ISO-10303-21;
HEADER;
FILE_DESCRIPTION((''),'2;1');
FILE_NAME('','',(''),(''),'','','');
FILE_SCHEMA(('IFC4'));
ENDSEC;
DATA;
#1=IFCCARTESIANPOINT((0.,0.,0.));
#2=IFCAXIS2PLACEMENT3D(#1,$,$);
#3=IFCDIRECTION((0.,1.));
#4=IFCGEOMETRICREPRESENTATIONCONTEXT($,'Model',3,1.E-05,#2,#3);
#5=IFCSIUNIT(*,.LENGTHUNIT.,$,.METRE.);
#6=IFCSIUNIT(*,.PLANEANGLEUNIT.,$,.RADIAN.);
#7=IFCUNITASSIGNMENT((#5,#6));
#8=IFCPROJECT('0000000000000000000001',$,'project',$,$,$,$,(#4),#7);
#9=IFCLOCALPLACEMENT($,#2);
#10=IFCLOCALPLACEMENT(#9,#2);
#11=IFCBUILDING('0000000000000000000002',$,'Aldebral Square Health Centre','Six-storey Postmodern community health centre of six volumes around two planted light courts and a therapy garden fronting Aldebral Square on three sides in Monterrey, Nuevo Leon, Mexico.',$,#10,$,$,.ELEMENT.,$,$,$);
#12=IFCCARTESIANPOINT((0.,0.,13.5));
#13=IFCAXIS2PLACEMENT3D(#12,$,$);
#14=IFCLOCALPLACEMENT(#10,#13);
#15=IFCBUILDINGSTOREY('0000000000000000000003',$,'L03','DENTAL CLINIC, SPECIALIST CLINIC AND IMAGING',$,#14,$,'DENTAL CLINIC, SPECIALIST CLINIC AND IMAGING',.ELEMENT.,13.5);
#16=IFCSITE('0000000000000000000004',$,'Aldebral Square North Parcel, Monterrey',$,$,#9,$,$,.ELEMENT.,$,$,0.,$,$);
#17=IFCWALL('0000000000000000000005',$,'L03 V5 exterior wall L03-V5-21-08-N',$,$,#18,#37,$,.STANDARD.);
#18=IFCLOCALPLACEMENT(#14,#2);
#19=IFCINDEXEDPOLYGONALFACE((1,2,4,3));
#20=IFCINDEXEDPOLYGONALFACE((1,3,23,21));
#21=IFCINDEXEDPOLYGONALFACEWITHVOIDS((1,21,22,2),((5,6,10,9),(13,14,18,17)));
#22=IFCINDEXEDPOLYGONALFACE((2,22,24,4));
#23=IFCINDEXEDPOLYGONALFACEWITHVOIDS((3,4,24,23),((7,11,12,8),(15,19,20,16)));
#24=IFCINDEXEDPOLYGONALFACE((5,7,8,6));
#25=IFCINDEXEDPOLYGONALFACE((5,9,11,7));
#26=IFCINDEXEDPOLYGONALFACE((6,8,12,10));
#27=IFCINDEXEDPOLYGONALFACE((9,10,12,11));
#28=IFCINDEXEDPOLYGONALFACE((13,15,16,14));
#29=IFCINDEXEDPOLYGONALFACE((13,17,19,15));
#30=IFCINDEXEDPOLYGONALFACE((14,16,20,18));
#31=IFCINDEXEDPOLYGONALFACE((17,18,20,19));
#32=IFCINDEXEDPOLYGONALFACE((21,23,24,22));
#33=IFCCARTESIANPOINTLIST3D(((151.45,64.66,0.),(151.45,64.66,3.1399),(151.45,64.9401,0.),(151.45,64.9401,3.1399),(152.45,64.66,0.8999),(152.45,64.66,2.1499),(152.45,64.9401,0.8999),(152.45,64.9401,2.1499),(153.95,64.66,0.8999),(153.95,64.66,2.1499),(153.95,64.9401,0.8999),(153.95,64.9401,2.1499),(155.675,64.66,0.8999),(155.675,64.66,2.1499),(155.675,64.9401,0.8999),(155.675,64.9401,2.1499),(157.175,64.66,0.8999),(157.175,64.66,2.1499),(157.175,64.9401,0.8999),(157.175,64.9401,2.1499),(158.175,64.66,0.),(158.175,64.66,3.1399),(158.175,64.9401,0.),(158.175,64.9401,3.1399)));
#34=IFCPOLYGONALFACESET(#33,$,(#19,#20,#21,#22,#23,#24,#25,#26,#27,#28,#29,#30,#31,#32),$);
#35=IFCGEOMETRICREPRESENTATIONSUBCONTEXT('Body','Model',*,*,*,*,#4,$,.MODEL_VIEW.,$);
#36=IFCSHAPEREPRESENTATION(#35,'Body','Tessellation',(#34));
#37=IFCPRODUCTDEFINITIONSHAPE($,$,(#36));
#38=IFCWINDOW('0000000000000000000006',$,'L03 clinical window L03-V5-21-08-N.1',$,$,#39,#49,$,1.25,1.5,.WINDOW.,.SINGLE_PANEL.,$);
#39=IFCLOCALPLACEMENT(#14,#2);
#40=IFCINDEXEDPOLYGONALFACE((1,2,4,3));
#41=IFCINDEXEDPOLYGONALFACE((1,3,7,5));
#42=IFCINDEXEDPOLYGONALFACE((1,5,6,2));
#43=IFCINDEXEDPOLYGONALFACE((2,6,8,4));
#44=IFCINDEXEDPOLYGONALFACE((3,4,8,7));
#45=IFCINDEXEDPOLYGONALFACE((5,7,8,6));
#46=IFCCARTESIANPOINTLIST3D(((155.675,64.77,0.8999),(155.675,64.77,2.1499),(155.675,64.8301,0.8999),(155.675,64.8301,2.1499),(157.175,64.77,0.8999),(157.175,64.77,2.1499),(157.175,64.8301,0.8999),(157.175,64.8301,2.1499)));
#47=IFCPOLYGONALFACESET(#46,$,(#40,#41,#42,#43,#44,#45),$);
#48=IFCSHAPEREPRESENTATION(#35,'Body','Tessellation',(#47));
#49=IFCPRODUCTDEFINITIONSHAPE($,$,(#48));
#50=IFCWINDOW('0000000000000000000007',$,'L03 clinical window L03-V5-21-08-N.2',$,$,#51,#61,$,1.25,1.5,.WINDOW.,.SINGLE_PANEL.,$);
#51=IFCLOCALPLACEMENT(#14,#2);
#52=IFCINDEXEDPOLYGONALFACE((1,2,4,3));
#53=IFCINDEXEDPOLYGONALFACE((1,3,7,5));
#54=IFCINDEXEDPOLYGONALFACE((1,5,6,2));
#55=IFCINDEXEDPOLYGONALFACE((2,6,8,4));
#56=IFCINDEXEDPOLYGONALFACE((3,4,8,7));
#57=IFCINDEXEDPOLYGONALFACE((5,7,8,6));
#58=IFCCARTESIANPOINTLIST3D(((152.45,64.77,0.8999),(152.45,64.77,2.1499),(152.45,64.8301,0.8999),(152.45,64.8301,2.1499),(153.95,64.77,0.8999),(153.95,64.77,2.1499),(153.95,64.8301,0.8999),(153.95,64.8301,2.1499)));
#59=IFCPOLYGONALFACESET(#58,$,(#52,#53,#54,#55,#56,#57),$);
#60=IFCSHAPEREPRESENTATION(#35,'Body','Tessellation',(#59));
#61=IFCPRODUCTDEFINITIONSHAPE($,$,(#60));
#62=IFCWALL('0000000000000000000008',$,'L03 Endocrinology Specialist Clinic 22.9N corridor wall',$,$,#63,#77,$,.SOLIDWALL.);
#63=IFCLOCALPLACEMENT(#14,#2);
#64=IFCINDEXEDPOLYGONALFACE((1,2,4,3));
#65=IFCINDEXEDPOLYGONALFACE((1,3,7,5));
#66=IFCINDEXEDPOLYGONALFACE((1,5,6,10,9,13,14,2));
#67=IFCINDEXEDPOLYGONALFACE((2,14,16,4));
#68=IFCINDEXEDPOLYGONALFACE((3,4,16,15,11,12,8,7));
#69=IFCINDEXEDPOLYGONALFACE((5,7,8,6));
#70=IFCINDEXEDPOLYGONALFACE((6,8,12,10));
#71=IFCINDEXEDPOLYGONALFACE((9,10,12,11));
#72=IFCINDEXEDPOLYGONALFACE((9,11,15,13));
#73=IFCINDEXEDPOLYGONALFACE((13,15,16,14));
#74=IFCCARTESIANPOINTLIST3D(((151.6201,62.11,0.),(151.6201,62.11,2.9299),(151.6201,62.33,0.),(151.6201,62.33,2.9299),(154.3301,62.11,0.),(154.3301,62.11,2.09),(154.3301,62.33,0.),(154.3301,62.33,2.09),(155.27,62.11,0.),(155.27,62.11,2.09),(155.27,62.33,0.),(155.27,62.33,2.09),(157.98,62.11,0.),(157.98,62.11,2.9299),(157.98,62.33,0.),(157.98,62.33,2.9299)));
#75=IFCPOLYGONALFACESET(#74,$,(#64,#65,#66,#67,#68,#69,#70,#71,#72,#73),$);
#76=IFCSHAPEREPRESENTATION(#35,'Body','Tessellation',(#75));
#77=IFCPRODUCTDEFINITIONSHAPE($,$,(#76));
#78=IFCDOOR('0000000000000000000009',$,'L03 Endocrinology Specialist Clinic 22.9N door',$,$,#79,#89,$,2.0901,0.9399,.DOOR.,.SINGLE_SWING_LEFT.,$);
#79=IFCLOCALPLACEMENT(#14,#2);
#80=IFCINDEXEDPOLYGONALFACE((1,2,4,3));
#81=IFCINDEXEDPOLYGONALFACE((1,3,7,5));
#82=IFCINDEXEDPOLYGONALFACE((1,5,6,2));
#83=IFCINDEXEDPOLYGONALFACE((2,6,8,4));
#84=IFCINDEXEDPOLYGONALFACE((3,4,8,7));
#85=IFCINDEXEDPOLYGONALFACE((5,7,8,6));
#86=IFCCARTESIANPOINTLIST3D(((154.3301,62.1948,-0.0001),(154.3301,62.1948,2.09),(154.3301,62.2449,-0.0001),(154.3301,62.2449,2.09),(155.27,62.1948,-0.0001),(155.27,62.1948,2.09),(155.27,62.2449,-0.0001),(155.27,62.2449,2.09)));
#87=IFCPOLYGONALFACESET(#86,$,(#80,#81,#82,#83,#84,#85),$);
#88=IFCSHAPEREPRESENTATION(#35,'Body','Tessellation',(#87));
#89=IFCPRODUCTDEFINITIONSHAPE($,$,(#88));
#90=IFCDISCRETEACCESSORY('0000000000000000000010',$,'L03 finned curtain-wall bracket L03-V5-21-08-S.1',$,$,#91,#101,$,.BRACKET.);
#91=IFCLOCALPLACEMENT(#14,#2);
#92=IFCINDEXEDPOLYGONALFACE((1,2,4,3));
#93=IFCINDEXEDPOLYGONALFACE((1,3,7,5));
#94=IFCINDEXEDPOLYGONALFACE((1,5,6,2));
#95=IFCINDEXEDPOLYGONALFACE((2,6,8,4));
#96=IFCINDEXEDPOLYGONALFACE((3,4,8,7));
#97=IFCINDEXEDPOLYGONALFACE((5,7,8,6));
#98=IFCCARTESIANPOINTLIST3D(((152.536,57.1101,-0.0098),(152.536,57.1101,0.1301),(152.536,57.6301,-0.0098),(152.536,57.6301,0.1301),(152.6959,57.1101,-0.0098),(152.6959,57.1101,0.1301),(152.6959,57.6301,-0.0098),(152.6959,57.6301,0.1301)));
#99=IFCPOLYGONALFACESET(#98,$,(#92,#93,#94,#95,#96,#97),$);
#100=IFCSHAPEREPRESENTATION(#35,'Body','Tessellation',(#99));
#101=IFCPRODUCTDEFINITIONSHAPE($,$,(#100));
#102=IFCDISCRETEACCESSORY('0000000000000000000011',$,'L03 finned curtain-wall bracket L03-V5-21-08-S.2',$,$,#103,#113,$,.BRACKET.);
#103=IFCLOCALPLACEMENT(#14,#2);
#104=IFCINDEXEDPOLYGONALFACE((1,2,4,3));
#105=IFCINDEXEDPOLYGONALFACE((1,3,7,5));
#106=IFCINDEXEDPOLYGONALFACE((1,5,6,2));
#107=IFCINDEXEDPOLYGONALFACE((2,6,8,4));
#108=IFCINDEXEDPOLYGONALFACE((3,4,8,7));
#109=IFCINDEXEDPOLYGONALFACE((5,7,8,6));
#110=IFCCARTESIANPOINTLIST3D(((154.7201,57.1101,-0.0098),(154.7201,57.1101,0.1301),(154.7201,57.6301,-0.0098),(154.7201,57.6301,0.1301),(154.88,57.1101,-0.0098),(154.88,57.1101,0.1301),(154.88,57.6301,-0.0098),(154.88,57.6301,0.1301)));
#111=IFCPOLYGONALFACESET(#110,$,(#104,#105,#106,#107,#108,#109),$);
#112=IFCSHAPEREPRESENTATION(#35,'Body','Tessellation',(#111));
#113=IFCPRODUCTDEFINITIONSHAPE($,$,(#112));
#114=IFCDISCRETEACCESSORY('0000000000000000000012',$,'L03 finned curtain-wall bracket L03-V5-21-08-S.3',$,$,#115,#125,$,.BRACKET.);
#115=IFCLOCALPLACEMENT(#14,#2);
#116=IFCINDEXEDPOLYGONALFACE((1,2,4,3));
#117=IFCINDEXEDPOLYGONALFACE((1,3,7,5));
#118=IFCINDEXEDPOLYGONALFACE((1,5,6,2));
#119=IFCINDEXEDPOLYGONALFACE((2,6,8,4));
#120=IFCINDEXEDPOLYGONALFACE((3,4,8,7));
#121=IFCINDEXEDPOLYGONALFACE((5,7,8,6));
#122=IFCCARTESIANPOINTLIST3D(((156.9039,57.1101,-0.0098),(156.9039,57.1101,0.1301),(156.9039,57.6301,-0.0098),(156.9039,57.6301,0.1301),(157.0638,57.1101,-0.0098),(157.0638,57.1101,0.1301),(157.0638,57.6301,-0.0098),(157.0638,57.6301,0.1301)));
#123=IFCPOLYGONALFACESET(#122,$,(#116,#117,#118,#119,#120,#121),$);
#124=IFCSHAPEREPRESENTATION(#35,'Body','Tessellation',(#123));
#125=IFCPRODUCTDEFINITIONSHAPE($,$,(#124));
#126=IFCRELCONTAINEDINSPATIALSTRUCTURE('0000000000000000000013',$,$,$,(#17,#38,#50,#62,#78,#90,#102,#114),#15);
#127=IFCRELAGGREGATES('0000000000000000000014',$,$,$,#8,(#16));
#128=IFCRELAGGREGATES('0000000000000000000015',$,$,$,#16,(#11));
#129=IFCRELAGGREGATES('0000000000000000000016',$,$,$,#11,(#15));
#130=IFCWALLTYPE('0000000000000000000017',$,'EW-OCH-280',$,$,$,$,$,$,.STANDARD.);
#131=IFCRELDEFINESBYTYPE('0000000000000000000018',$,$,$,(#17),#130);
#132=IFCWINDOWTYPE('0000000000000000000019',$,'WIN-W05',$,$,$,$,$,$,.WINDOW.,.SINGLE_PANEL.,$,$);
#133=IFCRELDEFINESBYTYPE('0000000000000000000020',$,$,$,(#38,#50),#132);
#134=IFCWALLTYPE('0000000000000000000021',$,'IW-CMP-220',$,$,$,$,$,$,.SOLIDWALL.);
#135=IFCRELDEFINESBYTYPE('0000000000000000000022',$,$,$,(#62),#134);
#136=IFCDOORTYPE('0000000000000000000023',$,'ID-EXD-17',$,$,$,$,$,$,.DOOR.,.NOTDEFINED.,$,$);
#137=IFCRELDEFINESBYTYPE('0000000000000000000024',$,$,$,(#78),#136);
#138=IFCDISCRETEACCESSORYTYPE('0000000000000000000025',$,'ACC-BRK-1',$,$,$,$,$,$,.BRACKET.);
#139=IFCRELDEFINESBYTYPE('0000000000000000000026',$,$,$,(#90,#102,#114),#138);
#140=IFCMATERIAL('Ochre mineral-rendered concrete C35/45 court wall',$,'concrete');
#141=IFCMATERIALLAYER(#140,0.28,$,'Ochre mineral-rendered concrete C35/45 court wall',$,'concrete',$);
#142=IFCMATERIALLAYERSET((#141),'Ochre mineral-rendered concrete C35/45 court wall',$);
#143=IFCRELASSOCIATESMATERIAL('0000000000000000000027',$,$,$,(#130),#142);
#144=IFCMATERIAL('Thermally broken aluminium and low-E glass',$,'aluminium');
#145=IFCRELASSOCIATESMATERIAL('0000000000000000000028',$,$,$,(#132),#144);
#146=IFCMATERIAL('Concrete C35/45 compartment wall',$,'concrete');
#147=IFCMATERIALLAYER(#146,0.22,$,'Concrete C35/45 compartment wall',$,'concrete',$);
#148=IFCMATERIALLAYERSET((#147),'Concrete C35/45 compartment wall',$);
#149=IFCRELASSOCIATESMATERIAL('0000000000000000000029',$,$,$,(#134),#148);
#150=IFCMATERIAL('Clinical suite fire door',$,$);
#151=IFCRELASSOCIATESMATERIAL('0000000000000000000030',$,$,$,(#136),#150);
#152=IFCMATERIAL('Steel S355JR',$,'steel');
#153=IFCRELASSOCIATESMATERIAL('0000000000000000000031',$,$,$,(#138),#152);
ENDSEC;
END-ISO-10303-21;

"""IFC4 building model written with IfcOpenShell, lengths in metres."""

from ifc_helpers import new_model, si_unit, direction, frame, frame_2d, origin, origin_2d, place, context, subcontext, project, spatial, rectangle, extrude, material, layer, layer_set, type_object, element, fill, save


model = new_model("IFC4")

# Units and contexts
model_context = context("Model", 3, precision=1e-05, world=origin(), true_north=direction((0.0, 1.0)))
body_context = subcontext(model_context, "Body", "Model", "MODEL_VIEW")
ifc_project = project(units=[si_unit("LENGTHUNIT", "METRE"), si_unit("PLANEANGLEUNIT", "RADIAN")], contexts=[model_context])

# Site, building, storey
site_placement = place(None, origin())
site = spatial("IfcSite", under=ifc_project, at=site_placement, Name="Aldebral Square North Parcel, Monterrey", CompositionType="ELEMENT", RefElevation=0.0)
building_placement = place(site_placement, origin())
building = spatial("IfcBuilding", under=site, at=building_placement, Name="Aldebral Square Health Centre", Description="Six-storey Postmodern community health centre of six volumes around two planted light courts and a therapy garden fronting Aldebral Square on three sides in Monterrey, Nuevo Leon, Mexico.", CompositionType="ELEMENT")
storey_placement = place(building_placement, frame((0.0, 0.0, 13.5)))
storey = spatial("IfcBuildingStorey", under=building, at=storey_placement, Name="L03", Description="DENTAL CLINIC, SPECIALIST CLINIC AND IMAGING", LongName="DENTAL CLINIC, SPECIALIST CLINIC AND IMAGING", CompositionType="ELEMENT", Elevation=13.5)

# Wall, openings, windows
ifc_material_1 = material(Name="Ochre mineral-rendered concrete C35/45 court wall", Category="concrete")
ifc_layer_1 = layer(ifc_material_1, 0.28, Name="Ochre mineral-rendered concrete C35/45 court wall", Category="concrete")
ifc_layer_set_1 = layer_set([ifc_layer_1], Name="Ochre mineral-rendered concrete C35/45 court wall")
wall_type_1 = type_object("IfcWallType", Name="EW-OCH-280", PredefinedType="STANDARD", material=ifc_layer_set_1)
wall_1_placement = place(storey_placement, frame((158.175, 64.8, 0.0), z_axis=(0.0, 0.0, 1.0), x_axis=(-1.0, 0.0, 0.0)))
wall_1 = element("IfcWall", 1, at=wall_1_placement, inside=storey, type_object=wall_type_1, Name="L03 V5 exterior wall L03-V5-21-08-N", PredefinedType="STANDARD", context=body_context, shape_type="SweptSolid", body=[
    extrude(rectangle(XDim=6.7251, YDim=0.28, at=frame_2d((3.3625, 0.0))), origin(), (0.0, 0.0, 1.0), 3.1399),
])
opening_1_placement = place(wall_1_placement, frame((1.0, 0.0, 0.8999)))
opening_1 = element("IfcOpeningElement", 2, at=opening_1_placement, cuts=wall_1, PredefinedType="OPENING", context=body_context, shape_type="SweptSolid", body=[
    extrude(rectangle(XDim=1.5, YDim=1.25, at=frame_2d((0.75, 0.625))), frame((0.0, 0.1499, 0.0), z_axis=(0.0, -1.0, 0.0), x_axis=(1.0, 0.0, 0.0)), (0.0, 0.0, 1.0), 0.3),
])
opening_2_placement = place(wall_1_placement, frame((4.2251, 0.0, 0.8999)))
opening_2 = element("IfcOpeningElement", 3, at=opening_2_placement, cuts=wall_1, PredefinedType="OPENING", context=body_context, shape_type="SweptSolid", body=[
    extrude(rectangle(XDim=1.5, YDim=1.25, at=frame_2d((0.75, 0.625))), frame((0.0, 0.1499, 0.0), z_axis=(0.0, -1.0, 0.0), x_axis=(1.0, 0.0, 0.0)), (0.0, 0.0, 1.0), 0.3),
])
ifc_material_2 = material(Name="Thermally broken aluminium and low-E glass", Category="aluminium")
window_type = type_object("IfcWindowType", Name="WIN-W05", PartitioningType="SINGLE_PANEL", PredefinedType="WINDOW", material=ifc_material_2)
window_1_placement = place(opening_1_placement, origin())
window_1 = element("IfcWindow", 4, at=window_1_placement, inside=storey, type_object=window_type, Name="L03 clinical window L03-V5-21-08-N.1", OverallHeight=1.25, OverallWidth=1.5, PartitioningType="SINGLE_PANEL", PredefinedType="WINDOW", context=body_context, shape_type="SweptSolid", body=[
    extrude(rectangle(XDim=1.5, YDim=1.25, at=frame_2d((0.75, 0.625))), frame((0.0, 0.03, 0.0), z_axis=(0.0, -1.0, 0.0), x_axis=(1.0, 0.0, 0.0)), (0.0, 0.0, 1.0), 0.0601),
])
fill(opening_1, window_1)
window_2_placement = place(opening_2_placement, origin())
window_2 = element("IfcWindow", 5, at=window_2_placement, inside=storey, type_object=window_type, Name="L03 clinical window L03-V5-21-08-N.2", OverallHeight=1.25, OverallWidth=1.5, PartitioningType="SINGLE_PANEL", PredefinedType="WINDOW", context=body_context, shape_type="SweptSolid", body=[
    extrude(rectangle(XDim=1.5, YDim=1.25, at=frame_2d((0.75, 0.625))), frame((0.0, 0.03, 0.0), z_axis=(0.0, -1.0, 0.0), x_axis=(1.0, 0.0, 0.0)), (0.0, 0.0, 1.0), 0.0601),
])
fill(opening_2, window_2)

# Wall, opening, door
ifc_material_3 = material(Name="Concrete C35/45 compartment wall", Category="concrete")
ifc_layer_2 = layer(ifc_material_3, 0.22, Name="Concrete C35/45 compartment wall", Category="concrete")
ifc_layer_set_2 = layer_set([ifc_layer_2], Name="Concrete C35/45 compartment wall")
wall_type_2 = type_object("IfcWallType", Name="IW-CMP-220", PredefinedType="SOLIDWALL", material=ifc_layer_set_2)
wall_2_placement = place(storey_placement, frame((151.6201, 62.22, 0.0), z_axis=(0.0, 0.0, 1.0), x_axis=(1.0, 0.0, 0.0)))
wall_2 = element("IfcWall", 6, at=wall_2_placement, inside=storey, type_object=wall_type_2, Name="L03 Endocrinology Specialist Clinic 22.9N corridor wall", PredefinedType="SOLIDWALL", context=body_context, shape_type="SweptSolid", body=[
    extrude(rectangle(XDim=6.3599, YDim=0.22, at=frame_2d((3.1799, 0.0))), origin(), (0.0, 0.0, 1.0), 2.9299),
])
opening_3_placement = place(wall_2_placement, frame((2.71, 0.0, 0.0)))
opening_3 = element("IfcOpeningElement", 7, at=opening_3_placement, cuts=wall_2, PredefinedType="OPENING", context=body_context, shape_type="SweptSolid", body=[
    extrude(rectangle(XDim=0.9399, YDim=2.0901, at=frame_2d((0.47, 1.0449))), frame((0.0, 0.1201, 0.0), z_axis=(0.0, -1.0, 0.0), x_axis=(1.0, 0.0, 0.0)), (0.0, 0.0, 1.0), 0.24),
])
ifc_material_4 = material(Name="Clinical suite fire door")
door_type_1 = type_object("IfcDoorType", Name="ID-EXD-17", OperationType="NOTDEFINED", PredefinedType="DOOR", material=ifc_material_4)
door_1_placement = place(opening_3_placement, origin())
door_1 = element("IfcDoor", 8, at=door_1_placement, inside=storey, type_object=door_type_1, Name="L03 Endocrinology Specialist Clinic 22.9N door", OperationType="SINGLE_SWING_LEFT", OverallHeight=2.0901, OverallWidth=0.9399, PredefinedType="DOOR", context=body_context, shape_type="SweptSolid", body=[
    extrude(rectangle(XDim=0.9399, YDim=2.0901, at=frame_2d((0.47, 1.0449))), frame((0.0, 0.0249, 0.0), z_axis=(0.0, -1.0, 0.0), x_axis=(1.0, 0.0, 0.0)), (0.0, 0.0, 1.0), 0.05),
])
fill(opening_3, door_1)

# Discrete accessories
ifc_material_5 = material(Name="Steel S355JR", Category="steel")
discrete_accessory_type = type_object("IfcDiscreteAccessoryType", Name="ACC-BRK-1", PredefinedType="BRACKET", material=ifc_material_5)
for number, where, z_axis, x_axis, name in (
    (9, (152.616, 57.3701, -0.0098), (0.0, 0.0, 1.0), (1.0, 0.0, 0.0), "L03 finned curtain-wall bracket L03-V5-21-08-S.1"),
    (10, (154.8, 57.3701, -0.0098), (0.0, 0.0, 1.0), (1.0, 0.0, 0.0), "L03 finned curtain-wall bracket L03-V5-21-08-S.2"),
    (11, (156.9839, 57.3701, -0.0098), (0.0, 0.0, 1.0), (1.0, 0.0, 0.0), "L03 finned curtain-wall bracket L03-V5-21-08-S.3"),
):
    element("IfcDiscreteAccessory", number, at=place(storey_placement, frame(where, z_axis=z_axis, x_axis=x_axis)), inside=storey, type_object=discrete_accessory_type, Name=name, PredefinedType="BRACKET", context=body_context, shape_type="SweptSolid", body=[
        extrude(rectangle(XDim=0.1599, YDim=0.52, at=origin_2d()), origin(), (0.0, 0.0, 1.0), 0.1399),
    ])

save(model, "model.ifc")
